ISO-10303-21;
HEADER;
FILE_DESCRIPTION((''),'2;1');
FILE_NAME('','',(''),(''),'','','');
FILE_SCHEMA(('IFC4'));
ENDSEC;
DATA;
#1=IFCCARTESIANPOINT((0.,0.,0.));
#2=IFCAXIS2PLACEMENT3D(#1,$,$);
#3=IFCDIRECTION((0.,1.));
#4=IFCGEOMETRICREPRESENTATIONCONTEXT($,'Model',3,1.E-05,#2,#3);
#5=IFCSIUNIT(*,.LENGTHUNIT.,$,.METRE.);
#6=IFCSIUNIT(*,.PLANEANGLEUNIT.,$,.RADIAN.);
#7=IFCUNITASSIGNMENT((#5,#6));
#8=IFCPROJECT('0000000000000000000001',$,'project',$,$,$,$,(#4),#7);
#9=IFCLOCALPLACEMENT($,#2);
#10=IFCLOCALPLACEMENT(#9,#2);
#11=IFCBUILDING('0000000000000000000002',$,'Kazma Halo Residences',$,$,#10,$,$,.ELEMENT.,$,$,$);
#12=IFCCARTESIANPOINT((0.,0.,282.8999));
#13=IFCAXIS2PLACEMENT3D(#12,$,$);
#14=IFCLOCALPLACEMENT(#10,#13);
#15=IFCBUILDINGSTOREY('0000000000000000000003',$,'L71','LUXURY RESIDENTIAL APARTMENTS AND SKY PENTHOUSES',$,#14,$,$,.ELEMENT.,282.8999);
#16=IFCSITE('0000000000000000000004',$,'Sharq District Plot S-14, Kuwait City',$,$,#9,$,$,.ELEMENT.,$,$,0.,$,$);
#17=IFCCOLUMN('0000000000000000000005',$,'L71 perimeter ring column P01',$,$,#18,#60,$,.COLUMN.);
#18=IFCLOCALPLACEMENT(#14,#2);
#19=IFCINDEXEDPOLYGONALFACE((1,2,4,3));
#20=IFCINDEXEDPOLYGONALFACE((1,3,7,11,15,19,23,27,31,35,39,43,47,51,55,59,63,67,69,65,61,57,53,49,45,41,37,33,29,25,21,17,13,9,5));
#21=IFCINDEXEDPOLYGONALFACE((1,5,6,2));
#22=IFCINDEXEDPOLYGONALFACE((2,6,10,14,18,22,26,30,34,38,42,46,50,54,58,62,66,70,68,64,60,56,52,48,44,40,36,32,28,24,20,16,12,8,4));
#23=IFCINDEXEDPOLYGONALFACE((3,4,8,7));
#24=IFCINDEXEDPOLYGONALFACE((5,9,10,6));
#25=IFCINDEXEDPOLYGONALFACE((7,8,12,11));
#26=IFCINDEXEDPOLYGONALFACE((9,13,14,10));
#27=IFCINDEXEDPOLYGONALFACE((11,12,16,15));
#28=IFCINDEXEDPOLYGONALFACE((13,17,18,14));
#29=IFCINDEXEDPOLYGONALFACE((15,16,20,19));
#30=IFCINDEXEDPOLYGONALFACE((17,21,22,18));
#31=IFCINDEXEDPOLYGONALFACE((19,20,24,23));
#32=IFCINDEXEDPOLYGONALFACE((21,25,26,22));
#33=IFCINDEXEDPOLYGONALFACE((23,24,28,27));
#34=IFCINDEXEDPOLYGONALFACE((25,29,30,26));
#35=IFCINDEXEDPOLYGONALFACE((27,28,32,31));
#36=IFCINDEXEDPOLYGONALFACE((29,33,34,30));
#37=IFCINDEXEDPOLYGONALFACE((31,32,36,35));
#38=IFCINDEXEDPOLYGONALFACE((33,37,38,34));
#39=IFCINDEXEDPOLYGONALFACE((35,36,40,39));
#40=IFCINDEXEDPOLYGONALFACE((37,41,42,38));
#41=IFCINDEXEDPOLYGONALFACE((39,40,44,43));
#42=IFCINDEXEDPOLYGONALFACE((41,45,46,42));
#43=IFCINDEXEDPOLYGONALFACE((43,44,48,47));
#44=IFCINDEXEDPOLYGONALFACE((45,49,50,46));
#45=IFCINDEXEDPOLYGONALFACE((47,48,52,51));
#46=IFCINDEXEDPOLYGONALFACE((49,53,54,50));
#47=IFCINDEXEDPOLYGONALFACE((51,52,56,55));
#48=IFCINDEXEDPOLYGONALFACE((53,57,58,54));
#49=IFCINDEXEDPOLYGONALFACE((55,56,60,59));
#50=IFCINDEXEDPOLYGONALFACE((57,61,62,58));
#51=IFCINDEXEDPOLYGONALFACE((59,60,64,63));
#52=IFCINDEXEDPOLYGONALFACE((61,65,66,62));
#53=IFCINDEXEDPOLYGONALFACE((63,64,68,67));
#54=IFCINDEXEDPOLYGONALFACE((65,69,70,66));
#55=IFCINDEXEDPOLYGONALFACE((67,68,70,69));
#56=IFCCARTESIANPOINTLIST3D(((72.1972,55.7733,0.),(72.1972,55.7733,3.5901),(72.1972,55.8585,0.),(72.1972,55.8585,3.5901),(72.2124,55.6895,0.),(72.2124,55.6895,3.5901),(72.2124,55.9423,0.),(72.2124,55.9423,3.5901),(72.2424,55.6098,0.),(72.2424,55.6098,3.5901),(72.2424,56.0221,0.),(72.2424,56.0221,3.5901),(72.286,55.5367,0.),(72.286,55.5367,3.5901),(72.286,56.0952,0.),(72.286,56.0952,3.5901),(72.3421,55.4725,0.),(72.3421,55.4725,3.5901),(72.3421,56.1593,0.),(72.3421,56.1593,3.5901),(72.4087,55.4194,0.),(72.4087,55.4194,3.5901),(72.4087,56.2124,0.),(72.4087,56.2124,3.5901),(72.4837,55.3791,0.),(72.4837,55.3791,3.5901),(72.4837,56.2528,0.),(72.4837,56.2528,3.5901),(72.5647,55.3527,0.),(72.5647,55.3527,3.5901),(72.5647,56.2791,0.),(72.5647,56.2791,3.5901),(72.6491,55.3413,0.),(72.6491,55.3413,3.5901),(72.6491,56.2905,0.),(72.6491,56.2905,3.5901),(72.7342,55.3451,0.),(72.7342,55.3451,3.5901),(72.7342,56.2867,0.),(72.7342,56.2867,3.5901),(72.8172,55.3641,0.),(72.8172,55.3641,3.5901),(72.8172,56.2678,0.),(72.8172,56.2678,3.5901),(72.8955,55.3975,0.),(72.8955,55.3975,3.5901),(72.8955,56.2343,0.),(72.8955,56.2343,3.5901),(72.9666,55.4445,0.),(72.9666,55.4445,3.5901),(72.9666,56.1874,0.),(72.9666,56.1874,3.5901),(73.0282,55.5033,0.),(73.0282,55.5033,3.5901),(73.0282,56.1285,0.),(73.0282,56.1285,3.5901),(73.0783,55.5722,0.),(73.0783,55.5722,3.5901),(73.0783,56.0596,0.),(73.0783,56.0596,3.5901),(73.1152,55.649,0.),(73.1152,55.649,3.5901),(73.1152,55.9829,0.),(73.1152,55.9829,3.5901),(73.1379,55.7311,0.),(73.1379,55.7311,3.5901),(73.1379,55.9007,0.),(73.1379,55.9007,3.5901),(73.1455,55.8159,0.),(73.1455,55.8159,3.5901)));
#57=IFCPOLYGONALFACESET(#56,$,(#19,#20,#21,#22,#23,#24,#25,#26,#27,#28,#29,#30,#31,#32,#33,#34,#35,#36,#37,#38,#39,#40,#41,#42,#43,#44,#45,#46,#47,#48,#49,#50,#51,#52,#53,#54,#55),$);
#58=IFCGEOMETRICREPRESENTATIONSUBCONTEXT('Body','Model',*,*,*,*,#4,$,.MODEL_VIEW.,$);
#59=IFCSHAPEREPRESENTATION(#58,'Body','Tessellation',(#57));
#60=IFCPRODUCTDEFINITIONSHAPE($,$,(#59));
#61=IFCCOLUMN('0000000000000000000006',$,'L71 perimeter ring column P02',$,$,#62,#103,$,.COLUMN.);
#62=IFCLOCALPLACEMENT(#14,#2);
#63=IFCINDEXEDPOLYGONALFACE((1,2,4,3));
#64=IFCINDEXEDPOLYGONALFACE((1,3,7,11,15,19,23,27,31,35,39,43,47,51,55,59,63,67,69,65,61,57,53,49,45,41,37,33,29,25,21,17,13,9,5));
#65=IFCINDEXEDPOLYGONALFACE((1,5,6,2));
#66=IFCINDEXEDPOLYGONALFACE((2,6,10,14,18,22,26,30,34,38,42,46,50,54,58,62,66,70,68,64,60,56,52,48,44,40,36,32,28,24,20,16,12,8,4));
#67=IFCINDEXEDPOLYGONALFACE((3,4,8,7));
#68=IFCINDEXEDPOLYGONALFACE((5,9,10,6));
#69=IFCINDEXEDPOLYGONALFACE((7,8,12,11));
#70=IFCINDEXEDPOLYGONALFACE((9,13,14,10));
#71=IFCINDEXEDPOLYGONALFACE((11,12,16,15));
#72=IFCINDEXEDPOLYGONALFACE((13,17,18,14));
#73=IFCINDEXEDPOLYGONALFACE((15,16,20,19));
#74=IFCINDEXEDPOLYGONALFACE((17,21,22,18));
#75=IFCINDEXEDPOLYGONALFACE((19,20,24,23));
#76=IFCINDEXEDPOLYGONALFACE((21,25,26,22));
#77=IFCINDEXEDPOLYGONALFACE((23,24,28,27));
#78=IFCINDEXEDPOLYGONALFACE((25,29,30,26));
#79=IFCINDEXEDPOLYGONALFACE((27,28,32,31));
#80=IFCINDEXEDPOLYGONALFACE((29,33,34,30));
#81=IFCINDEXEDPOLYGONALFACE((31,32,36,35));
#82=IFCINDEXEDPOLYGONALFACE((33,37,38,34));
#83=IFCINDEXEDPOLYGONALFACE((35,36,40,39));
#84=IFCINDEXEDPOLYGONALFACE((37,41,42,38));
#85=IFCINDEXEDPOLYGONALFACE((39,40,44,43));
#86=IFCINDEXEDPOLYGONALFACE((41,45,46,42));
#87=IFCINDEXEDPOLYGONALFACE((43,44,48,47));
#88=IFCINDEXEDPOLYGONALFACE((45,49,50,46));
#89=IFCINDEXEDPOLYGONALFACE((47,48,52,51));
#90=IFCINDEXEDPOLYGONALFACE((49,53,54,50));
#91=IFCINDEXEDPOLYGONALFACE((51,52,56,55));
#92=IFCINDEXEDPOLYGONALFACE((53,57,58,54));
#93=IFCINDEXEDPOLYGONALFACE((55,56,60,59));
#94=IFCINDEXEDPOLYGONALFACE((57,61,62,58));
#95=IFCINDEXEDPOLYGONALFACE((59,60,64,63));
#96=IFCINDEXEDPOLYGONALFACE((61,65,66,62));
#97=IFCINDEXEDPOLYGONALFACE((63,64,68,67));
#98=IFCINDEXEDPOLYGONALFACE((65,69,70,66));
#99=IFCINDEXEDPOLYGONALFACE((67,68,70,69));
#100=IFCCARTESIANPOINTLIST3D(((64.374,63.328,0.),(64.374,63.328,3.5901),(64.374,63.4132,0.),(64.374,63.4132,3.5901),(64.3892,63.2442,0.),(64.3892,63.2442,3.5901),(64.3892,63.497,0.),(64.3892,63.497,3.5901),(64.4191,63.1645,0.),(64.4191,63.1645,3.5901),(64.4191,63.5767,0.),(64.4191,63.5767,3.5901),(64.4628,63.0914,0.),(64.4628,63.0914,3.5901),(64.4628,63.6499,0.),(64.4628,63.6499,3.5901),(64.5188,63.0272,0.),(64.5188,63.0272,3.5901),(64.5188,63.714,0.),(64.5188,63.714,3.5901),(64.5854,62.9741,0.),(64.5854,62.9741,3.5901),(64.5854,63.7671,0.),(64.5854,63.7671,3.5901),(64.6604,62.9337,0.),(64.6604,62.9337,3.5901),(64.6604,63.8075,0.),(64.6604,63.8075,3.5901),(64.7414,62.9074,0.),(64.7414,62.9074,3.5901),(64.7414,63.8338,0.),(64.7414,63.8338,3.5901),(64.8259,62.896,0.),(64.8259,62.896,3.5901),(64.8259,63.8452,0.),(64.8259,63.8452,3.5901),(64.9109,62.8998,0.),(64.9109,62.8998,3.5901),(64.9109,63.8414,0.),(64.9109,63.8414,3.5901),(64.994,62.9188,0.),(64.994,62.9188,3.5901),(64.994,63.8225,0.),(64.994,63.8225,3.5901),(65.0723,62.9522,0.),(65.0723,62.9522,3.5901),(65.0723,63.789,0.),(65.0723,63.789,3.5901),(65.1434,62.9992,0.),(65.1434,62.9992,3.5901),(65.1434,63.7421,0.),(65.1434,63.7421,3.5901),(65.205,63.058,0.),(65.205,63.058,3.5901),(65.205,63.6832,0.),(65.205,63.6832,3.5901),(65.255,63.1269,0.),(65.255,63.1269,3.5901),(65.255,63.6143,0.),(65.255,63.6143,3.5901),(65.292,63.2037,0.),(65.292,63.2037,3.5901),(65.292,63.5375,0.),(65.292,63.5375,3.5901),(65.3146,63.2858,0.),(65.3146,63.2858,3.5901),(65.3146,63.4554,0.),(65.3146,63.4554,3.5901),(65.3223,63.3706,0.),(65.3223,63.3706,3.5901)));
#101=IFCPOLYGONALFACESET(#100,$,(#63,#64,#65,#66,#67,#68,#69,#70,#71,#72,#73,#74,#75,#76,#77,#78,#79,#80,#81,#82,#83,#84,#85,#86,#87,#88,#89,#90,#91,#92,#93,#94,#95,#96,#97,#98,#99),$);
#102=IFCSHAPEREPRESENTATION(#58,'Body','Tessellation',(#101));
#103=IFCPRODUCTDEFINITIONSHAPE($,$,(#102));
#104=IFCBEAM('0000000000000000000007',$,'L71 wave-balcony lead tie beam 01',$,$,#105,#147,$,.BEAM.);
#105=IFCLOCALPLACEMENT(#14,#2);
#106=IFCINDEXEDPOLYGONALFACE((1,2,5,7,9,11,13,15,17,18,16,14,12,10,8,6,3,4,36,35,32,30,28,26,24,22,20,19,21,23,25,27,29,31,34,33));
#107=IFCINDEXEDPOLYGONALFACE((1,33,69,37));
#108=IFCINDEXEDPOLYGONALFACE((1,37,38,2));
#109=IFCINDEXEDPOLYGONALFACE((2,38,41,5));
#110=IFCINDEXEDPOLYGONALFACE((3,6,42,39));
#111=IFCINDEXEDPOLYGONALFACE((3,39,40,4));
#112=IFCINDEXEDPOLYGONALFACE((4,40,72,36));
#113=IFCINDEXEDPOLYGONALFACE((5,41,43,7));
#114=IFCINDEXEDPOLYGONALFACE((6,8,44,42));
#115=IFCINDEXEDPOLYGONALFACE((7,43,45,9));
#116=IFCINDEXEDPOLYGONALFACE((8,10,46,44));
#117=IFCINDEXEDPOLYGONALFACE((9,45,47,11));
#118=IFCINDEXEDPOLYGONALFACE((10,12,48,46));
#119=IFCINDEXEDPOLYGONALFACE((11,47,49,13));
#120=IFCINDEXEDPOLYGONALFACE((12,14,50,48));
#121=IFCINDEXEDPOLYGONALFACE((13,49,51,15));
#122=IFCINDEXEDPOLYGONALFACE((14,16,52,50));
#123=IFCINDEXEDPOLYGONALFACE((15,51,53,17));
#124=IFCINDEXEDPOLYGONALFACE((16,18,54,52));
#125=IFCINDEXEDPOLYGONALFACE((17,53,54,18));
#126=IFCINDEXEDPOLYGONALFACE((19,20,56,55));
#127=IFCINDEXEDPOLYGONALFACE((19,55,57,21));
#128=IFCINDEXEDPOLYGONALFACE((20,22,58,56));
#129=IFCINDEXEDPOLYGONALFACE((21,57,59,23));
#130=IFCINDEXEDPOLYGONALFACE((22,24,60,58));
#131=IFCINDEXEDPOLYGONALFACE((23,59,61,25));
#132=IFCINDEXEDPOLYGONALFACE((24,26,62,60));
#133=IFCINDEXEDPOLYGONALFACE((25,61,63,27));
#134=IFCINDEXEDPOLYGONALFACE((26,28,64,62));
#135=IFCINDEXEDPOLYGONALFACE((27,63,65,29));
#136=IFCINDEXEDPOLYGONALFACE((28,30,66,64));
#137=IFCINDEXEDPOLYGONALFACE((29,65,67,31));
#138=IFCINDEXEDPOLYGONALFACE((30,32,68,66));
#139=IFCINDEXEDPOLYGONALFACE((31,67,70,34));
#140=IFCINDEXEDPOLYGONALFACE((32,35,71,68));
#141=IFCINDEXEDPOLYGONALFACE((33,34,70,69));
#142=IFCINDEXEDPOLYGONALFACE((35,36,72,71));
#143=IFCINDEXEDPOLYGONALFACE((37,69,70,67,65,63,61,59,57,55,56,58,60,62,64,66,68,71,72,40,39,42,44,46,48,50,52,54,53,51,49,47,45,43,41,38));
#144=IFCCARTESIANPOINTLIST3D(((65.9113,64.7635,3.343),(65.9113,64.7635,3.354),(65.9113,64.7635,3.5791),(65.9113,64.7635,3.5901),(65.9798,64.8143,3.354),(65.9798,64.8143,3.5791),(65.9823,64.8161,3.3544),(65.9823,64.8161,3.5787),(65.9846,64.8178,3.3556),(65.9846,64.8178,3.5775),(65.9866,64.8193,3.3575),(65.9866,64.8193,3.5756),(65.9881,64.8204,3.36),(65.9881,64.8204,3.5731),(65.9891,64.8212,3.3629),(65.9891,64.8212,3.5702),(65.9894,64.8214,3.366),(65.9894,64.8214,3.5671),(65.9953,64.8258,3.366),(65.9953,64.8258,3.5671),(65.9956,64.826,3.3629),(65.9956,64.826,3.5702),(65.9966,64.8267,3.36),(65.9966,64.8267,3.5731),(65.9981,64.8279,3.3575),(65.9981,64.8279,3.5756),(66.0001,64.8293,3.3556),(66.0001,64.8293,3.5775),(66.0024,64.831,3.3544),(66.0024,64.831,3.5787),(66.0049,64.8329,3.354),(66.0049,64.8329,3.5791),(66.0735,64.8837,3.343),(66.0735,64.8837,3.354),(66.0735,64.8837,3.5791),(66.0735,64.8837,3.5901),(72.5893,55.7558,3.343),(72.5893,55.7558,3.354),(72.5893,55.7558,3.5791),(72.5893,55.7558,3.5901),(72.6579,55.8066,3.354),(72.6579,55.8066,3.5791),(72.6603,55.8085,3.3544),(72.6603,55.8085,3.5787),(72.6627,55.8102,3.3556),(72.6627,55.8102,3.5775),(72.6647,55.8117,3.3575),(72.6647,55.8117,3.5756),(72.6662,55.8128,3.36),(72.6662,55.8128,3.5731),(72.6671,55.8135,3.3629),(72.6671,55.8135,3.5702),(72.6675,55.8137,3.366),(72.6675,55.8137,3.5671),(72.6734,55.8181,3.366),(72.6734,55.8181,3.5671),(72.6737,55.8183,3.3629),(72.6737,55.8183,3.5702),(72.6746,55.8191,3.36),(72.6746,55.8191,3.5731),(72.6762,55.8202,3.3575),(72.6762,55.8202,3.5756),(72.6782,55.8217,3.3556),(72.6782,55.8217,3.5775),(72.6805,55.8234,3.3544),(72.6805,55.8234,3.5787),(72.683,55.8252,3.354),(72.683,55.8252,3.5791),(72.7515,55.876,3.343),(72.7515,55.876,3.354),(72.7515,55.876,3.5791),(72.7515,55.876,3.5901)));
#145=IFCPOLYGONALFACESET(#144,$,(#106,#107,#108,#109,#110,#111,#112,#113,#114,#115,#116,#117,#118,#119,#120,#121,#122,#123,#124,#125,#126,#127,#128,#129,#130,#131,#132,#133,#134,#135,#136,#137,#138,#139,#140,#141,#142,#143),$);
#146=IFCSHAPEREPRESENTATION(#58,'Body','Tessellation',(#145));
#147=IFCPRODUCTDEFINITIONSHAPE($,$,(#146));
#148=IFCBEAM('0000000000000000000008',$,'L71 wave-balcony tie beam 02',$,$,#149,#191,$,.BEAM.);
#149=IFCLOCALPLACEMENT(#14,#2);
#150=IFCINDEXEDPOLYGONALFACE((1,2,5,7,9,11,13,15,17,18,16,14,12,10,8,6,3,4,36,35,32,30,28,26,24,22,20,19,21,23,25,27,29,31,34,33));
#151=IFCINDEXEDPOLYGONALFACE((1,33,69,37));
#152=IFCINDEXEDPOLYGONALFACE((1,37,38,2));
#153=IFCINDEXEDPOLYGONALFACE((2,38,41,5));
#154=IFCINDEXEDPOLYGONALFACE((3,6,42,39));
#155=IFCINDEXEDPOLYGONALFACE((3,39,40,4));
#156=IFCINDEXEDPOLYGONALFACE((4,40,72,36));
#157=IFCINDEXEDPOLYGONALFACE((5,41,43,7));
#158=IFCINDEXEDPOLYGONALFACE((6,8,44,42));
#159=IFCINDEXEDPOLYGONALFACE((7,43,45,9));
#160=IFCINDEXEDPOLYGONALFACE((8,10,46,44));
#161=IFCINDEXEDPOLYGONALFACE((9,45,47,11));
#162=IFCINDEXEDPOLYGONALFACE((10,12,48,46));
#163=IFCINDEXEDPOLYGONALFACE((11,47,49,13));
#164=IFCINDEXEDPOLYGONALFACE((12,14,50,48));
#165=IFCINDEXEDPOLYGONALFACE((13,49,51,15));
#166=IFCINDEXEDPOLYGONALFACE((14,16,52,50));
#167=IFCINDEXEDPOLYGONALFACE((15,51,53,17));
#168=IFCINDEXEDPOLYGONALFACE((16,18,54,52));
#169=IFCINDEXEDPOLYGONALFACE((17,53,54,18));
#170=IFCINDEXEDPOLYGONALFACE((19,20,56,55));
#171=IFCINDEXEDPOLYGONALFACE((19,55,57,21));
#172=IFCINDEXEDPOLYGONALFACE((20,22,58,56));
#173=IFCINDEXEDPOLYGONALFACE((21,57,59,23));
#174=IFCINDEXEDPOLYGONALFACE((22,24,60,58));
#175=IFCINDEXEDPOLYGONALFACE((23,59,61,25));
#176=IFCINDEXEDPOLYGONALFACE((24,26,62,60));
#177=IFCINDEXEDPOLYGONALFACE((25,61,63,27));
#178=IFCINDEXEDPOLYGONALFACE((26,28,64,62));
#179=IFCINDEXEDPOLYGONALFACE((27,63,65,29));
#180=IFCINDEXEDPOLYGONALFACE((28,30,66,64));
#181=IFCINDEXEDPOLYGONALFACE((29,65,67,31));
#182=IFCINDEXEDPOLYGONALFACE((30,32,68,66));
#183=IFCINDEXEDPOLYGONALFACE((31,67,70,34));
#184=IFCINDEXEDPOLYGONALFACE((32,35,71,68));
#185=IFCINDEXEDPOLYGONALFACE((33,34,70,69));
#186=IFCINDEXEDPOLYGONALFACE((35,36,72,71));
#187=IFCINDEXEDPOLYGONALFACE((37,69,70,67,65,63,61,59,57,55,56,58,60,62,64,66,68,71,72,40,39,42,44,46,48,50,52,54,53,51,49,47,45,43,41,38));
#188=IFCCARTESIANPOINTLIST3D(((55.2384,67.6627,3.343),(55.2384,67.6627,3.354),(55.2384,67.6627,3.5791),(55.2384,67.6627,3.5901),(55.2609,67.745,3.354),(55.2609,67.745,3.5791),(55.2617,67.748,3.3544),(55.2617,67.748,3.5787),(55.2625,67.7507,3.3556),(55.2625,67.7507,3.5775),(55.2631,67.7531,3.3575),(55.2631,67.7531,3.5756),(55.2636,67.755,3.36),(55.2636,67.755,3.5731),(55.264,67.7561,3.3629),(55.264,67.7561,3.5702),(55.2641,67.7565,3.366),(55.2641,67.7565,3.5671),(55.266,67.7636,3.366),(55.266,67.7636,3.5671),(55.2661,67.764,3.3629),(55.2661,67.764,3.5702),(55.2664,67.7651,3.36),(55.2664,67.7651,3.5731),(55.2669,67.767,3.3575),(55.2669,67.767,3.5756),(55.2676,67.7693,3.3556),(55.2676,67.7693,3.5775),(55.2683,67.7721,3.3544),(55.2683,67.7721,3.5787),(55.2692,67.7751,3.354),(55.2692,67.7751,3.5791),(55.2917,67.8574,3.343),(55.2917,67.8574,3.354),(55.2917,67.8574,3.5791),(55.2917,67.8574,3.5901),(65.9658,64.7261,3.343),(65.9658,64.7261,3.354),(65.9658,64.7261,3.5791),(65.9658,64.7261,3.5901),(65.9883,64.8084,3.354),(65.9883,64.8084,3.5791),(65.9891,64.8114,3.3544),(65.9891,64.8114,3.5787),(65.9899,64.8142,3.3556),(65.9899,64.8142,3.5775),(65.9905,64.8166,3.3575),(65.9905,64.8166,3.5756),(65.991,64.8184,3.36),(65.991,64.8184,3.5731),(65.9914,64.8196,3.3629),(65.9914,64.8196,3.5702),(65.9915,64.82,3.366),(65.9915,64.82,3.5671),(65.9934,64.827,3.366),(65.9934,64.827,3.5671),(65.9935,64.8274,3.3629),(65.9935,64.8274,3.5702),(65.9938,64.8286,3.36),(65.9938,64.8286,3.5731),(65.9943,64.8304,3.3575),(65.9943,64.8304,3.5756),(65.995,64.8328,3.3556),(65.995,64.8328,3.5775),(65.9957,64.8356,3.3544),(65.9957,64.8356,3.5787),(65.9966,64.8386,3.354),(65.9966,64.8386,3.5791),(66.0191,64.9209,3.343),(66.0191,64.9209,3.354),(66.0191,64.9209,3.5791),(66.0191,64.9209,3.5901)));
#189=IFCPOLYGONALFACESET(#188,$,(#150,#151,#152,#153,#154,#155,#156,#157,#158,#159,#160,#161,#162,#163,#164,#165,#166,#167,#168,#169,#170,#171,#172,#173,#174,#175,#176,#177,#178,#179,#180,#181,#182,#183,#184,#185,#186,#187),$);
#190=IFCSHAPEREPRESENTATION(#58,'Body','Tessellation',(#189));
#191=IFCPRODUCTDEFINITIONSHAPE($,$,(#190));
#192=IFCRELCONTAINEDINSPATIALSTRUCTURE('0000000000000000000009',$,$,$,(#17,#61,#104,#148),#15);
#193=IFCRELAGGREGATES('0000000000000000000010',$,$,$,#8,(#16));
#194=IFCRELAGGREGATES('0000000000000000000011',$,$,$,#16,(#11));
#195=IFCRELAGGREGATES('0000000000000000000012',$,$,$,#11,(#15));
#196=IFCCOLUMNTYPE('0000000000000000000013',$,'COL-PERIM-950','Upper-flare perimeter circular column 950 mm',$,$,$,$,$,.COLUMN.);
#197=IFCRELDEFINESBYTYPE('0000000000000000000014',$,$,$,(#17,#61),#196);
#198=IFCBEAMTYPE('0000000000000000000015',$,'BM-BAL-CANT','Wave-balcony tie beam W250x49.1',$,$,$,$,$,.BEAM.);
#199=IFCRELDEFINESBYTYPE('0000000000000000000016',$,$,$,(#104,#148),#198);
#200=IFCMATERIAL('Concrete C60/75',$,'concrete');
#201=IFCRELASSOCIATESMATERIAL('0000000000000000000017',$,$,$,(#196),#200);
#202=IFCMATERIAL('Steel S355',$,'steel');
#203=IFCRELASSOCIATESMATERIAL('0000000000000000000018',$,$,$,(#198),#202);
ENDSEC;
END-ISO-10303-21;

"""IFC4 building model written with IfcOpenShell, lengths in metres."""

from ifc_helpers import new_model, si_unit, direction, frame, origin, origin_2d, place, context, subcontext, project, spatial, circle, i_section, extrude, material, material_profile, profile_set, type_object, element, save


model = new_model("IFC4")

# Units and contexts
model_context = context("Model", 3, precision=1e-05, world=origin(), true_north=direction((0.0, 1.0)))
body_context = subcontext(model_context, "Body", "Model", "MODEL_VIEW")
ifc_project = project(units=[si_unit("LENGTHUNIT", "METRE"), si_unit("PLANEANGLEUNIT", "RADIAN")], contexts=[model_context])

# Site, building, storey
site_placement = place(None, origin())
site = spatial("IfcSite", under=ifc_project, at=site_placement, Name="Sharq District Plot S-14, Kuwait City", CompositionType="ELEMENT", RefElevation=0.0)
building_placement = place(site_placement, origin())
building = spatial("IfcBuilding", under=site, at=building_placement, Name="Kazma Halo Residences", CompositionType="ELEMENT")
storey_placement = place(building_placement, frame((0.0, 0.0, 282.8999)))
storey = spatial("IfcBuildingStorey", under=building, at=storey_placement, Name="L71", Description="LUXURY RESIDENTIAL APARTMENTS AND SKY PENTHOUSES", CompositionType="ELEMENT", Elevation=282.8999)

# Columns
ifc_material_1 = material(Name="Concrete C60/75", Category="concrete")
ifc_material_profile_1 = material_profile(ifc_material_1, circle(Radius=0.4751, at=origin_2d()), Name="CIRC950")
ifc_profile_set_1 = profile_set([ifc_material_profile_1], Name="Concrete C60/75")
column_type = type_object("IfcColumnType", Name="COL-PERIM-950", Description="Upper-flare perimeter circular column 950 mm", PredefinedType="COLUMN", material=ifc_profile_set_1)
for number, where, z_axis, x_axis, name in (
    (1, (72.6704, 55.8159, 0.0), (0.0, 0.0, 1.0), (1.0, 0.0, 0.0), "L71 perimeter ring column P01"),
    (2, (64.8472, 63.3706, 0.0), (0.0, 0.0, 1.0), (1.0, 0.0, 0.0), "L71 perimeter ring column P02"),
):
    element("IfcColumn", number, at=place(storey_placement, frame(where, z_axis=z_axis, x_axis=x_axis)), inside=storey, type_object=column_type, Name=name, PredefinedType="COLUMN", context=body_context, shape_type="SweptSolid", body=[
        extrude(circle(Radius=0.4751, at=origin_2d()), origin(), (0.0, 0.0, 1.0), 3.5901),
    ])

# Beams
ifc_material_2 = material(Name="Steel S355", Category="steel")
ifc_material_profile_2 = material_profile(ifc_material_2, i_section(OverallWidth=0.2019, OverallDepth=0.2471, WebThickness=0.0073, FlangeThickness=0.011, FilletRadius=0.012, at=origin_2d()), Name="W250x49.1")
ifc_profile_set_2 = profile_set([ifc_material_profile_2], Name="Steel S355")
beam_type_1 = type_object("IfcBeamType", Name="BM-BAL-CANT", Description="Wave-balcony tie beam W250x49.1", PredefinedType="BEAM", material=ifc_profile_set_2)
beam_1_placement = place(storey_placement, frame((72.6704, 55.8159, 3.4666), z_axis=(-0.595556, 0.803314, 0.0), x_axis=(-0.803314, -0.595556, 0.0)))
element("IfcBeam", 3, at=beam_1_placement, inside=storey, type_object=beam_type_1, Name="L71 wave-balcony lead tie beam 01", PredefinedType="BEAM", context=body_context, shape_type="SweptSolid", body=[
    extrude(i_section(OverallWidth=0.2019, OverallDepth=0.2471, WebThickness=0.0073, FlangeThickness=0.011, FilletRadius=0.012, at=origin_2d()), origin(), (0.0, 0.0, 1.0), 11.2131),
])
beam_2_placement = place(storey_placement, frame((65.9924, 64.8235, 3.4666), z_axis=(-0.964515, 0.264029, 0.0), x_axis=(-0.264029, -0.964515, 0.0)))
element("IfcBeam", 4, at=beam_2_placement, inside=storey, type_object=beam_type_1, Name="L71 wave-balcony tie beam 02", PredefinedType="BEAM", context=body_context, shape_type="SweptSolid", body=[
    extrude(i_section(OverallWidth=0.2019, OverallDepth=0.2471, WebThickness=0.0073, FlangeThickness=0.011, FilletRadius=0.012, at=origin_2d()), origin(), (0.0, 0.0, 1.0), 11.1221),
])

save(model, "model.ifc")
